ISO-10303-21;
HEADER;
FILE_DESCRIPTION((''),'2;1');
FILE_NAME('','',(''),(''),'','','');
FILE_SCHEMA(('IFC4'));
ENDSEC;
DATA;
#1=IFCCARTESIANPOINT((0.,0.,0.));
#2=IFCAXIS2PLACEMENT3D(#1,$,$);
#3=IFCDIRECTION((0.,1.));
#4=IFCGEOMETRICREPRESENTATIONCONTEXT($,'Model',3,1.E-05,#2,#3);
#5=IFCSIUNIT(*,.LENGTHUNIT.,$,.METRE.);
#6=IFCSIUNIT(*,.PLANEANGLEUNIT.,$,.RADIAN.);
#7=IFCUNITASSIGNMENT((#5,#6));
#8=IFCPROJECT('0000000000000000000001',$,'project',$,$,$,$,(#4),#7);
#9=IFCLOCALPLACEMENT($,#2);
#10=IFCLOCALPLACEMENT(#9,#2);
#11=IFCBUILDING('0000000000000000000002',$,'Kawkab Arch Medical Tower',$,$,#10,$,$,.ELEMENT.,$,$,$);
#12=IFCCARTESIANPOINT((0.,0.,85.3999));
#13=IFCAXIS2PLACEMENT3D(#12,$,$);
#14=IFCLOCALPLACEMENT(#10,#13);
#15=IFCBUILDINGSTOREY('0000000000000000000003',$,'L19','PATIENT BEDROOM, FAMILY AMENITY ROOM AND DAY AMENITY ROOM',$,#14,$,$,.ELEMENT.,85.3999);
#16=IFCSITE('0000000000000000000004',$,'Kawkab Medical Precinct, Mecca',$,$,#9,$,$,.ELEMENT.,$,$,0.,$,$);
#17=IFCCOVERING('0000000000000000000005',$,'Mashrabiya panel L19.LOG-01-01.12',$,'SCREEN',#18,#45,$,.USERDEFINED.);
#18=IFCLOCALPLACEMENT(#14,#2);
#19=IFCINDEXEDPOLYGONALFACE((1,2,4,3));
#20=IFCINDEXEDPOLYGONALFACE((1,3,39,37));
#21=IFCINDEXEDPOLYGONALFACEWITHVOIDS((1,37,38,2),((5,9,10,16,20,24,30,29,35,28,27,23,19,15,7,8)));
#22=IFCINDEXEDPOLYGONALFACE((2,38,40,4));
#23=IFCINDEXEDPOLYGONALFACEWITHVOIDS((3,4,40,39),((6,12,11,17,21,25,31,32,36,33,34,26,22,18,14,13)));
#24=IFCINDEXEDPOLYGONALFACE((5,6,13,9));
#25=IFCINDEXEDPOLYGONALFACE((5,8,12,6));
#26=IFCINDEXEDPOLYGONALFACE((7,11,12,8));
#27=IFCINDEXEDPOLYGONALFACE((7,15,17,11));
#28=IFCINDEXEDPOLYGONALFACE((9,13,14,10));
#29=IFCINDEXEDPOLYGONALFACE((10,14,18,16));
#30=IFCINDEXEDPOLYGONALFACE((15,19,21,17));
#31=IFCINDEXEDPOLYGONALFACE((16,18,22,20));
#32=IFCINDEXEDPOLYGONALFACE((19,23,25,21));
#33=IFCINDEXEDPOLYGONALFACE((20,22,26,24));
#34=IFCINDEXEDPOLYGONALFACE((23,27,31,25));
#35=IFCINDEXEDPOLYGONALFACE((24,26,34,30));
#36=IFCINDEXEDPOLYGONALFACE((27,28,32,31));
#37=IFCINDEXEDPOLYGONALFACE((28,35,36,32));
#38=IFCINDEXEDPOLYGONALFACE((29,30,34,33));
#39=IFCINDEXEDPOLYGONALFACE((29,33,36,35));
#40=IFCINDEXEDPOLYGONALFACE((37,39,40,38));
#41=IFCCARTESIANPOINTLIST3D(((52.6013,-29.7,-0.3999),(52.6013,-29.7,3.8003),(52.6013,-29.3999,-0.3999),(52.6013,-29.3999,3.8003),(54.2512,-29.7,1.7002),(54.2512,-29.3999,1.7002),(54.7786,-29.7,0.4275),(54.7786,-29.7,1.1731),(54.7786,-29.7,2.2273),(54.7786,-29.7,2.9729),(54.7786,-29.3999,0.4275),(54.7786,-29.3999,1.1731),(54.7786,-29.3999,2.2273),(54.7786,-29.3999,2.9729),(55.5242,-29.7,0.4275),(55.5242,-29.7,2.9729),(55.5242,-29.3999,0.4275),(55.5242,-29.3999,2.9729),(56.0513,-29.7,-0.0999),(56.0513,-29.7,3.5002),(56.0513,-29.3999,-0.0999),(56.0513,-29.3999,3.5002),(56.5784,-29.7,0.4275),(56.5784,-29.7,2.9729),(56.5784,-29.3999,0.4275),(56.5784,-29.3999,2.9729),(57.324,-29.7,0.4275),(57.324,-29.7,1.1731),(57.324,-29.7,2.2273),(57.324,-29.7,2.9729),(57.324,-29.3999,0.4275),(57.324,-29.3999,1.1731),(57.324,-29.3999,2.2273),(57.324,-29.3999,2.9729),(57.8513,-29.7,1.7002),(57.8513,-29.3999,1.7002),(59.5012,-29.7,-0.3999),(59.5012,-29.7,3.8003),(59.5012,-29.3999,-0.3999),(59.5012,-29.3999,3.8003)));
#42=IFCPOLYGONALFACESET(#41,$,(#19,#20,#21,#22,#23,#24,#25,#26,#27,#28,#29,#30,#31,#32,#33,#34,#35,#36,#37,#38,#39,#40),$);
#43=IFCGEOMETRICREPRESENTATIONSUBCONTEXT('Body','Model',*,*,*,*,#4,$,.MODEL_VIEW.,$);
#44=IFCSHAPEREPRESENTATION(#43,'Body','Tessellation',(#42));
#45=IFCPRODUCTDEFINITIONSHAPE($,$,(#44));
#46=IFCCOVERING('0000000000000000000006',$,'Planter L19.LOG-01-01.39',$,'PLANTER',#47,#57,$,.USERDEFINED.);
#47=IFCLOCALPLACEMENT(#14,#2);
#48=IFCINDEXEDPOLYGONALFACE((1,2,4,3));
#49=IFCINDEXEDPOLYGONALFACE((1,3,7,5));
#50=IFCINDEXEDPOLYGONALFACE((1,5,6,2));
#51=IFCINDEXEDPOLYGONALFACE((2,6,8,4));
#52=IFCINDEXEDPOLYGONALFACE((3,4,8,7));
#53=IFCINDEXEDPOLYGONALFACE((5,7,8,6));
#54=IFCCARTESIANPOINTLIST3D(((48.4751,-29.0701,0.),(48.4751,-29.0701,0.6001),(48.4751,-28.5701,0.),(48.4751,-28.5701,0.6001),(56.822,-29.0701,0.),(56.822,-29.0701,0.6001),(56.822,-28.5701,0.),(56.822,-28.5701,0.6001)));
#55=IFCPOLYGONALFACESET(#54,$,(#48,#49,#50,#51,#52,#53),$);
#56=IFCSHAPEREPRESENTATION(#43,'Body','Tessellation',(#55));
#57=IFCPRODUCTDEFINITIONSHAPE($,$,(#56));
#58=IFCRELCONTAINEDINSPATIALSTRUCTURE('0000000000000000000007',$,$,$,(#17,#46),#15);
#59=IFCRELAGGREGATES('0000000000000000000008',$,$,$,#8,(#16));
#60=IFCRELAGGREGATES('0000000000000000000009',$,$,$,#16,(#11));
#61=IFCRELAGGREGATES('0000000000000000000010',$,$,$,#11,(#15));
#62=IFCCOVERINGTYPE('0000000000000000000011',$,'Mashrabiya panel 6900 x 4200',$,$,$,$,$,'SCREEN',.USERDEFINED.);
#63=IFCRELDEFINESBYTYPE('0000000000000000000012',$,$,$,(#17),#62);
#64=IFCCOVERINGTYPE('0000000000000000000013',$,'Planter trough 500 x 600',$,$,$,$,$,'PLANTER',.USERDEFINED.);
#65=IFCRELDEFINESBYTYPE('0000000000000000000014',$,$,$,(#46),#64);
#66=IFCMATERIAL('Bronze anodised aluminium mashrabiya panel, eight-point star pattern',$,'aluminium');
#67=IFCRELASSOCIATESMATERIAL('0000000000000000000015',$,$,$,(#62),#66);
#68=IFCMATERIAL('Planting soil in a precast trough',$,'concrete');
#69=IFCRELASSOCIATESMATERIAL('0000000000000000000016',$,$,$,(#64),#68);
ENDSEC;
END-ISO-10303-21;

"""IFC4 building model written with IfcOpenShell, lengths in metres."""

from ifc_helpers import new_model, si_unit, direction, frame, origin, origin_2d, place, context, subcontext, project, spatial, polyline, rectangle, outline, extrude, material, material_profile, profile_set, type_object, element, save


model = new_model("IFC4")

# Units and contexts
model_context = context("Model", 3, precision=1e-05, world=origin(), true_north=direction((0.0, 1.0)))
body_context = subcontext(model_context, "Body", "Model", "MODEL_VIEW")
ifc_project = project(units=[si_unit("LENGTHUNIT", "METRE"), si_unit("PLANEANGLEUNIT", "RADIAN")], contexts=[model_context])

# Site, building, storey
site_placement = place(None, origin())
site = spatial("IfcSite", under=ifc_project, at=site_placement, Name="Kawkab Medical Precinct, Mecca", CompositionType="ELEMENT", RefElevation=0.0)
building_placement = place(site_placement, origin())
building = spatial("IfcBuilding", under=site, at=building_placement, Name="Kawkab Arch Medical Tower", CompositionType="ELEMENT")
storey_placement = place(building_placement, frame((0.0, 0.0, 85.3999)))
storey = spatial("IfcBuildingStorey", under=building, at=storey_placement, Name="L19", Description="PATIENT BEDROOM, FAMILY AMENITY ROOM AND DAY AMENITY ROOM", CompositionType="ELEMENT", Elevation=85.3999)

# Coverings
ifc_material_1 = material(Name="Bronze anodised aluminium mashrabiya panel, eight-point star pattern", Category="aluminium")
ifc_material_profile_1 = material_profile(ifc_material_1, outline(polyline([(-3.45, -2.1001), (3.45, -2.1001), (3.45, 2.1001), (-3.45, 2.1001), (-3.45, -2.1001)]), holes=[polyline([(1.8, 0.0), (1.2727, 0.5271), (1.2727, 1.2727), (0.5271, 1.2727), (0.0, 1.8), (-0.5271, 1.2727), (-1.2727, 1.2727), (-1.2727, 0.5271), (-1.8, 0.0), (-1.2727, -0.5271), (-1.2727, -1.2727), (-0.5271, -1.2727), (0.0, -1.8), (0.5271, -1.2727), (1.2727, -1.2727), (1.2727, -0.5271), (1.8, 0.0)])]), Name="Mashrabiya panel 6900x4200")
ifc_profile_set_1 = profile_set([ifc_material_profile_1], Name="Bronze anodised aluminium mashrabiya panel, eight-point star pattern")
covering_type_1 = type_object("IfcCoveringType", Name="Mashrabiya panel 6900 x 4200", ElementType="SCREEN", PredefinedType="USERDEFINED", material=ifc_profile_set_1)
covering_1_placement = place(storey_placement, frame((56.0513, -29.3999, 1.7002), z_axis=(0.0, -1.0, 0.0), x_axis=(1.0, 0.0, 0.0)))
element("IfcCovering", 1, at=covering_1_placement, inside=storey, type_object=covering_type_1, Name="Mashrabiya panel L19.LOG-01-01.12", ObjectType="SCREEN", PredefinedType="USERDEFINED", context=body_context, shape_type="SweptSolid", body=[
    extrude(outline(polyline([(-3.45, -2.1001), (3.45, -2.1001), (3.45, 2.1001), (-3.45, 2.1001), (-3.45, -2.1001)]), holes=[polyline([(1.8, 0.0), (1.2727, 0.5271), (1.2727, 1.2727), (0.5271, 1.2727), (0.0, 1.8), (-0.5271, 1.2727), (-1.2727, 1.2727), (-1.2727, 0.5271), (-1.8, 0.0), (-1.2727, -0.5271), (-1.2727, -1.2727), (-0.5271, -1.2727), (0.0, -1.8), (0.5271, -1.2727), (1.2727, -1.2727), (1.2727, -0.5271), (1.8, 0.0)])]), origin(), (0.0, 0.0, 1.0), 0.3),
])
ifc_material_2 = material(Name="Planting soil in a precast trough", Category="concrete")
ifc_material_profile_2 = material_profile(ifc_material_2, rectangle(XDim=0.5, YDim=0.6001, at=origin_2d()), Name="Trough 500x600")
ifc_profile_set_2 = profile_set([ifc_material_profile_2], Name="Planting soil in a precast trough")
covering_type_2 = type_object("IfcCoveringType", Name="Planter trough 500 x 600", ElementType="PLANTER", PredefinedType="USERDEFINED", material=ifc_profile_set_2)
covering_2_placement = place(storey_placement, frame((56.822, -28.8201, 0.3), z_axis=(-1.0, 0.0, 0.0), x_axis=(0.0, -1.0, 0.0)))
element("IfcCovering", 2, at=covering_2_placement, inside=storey, type_object=covering_type_2, Name="Planter L19.LOG-01-01.39", ObjectType="PLANTER", PredefinedType="USERDEFINED", context=body_context, shape_type="SweptSolid", body=[
    extrude(rectangle(XDim=0.5, YDim=0.6001, at=origin_2d()), origin(), (0.0, 0.0, 1.0), 8.3469),
])

save(model, "model.ifc")
